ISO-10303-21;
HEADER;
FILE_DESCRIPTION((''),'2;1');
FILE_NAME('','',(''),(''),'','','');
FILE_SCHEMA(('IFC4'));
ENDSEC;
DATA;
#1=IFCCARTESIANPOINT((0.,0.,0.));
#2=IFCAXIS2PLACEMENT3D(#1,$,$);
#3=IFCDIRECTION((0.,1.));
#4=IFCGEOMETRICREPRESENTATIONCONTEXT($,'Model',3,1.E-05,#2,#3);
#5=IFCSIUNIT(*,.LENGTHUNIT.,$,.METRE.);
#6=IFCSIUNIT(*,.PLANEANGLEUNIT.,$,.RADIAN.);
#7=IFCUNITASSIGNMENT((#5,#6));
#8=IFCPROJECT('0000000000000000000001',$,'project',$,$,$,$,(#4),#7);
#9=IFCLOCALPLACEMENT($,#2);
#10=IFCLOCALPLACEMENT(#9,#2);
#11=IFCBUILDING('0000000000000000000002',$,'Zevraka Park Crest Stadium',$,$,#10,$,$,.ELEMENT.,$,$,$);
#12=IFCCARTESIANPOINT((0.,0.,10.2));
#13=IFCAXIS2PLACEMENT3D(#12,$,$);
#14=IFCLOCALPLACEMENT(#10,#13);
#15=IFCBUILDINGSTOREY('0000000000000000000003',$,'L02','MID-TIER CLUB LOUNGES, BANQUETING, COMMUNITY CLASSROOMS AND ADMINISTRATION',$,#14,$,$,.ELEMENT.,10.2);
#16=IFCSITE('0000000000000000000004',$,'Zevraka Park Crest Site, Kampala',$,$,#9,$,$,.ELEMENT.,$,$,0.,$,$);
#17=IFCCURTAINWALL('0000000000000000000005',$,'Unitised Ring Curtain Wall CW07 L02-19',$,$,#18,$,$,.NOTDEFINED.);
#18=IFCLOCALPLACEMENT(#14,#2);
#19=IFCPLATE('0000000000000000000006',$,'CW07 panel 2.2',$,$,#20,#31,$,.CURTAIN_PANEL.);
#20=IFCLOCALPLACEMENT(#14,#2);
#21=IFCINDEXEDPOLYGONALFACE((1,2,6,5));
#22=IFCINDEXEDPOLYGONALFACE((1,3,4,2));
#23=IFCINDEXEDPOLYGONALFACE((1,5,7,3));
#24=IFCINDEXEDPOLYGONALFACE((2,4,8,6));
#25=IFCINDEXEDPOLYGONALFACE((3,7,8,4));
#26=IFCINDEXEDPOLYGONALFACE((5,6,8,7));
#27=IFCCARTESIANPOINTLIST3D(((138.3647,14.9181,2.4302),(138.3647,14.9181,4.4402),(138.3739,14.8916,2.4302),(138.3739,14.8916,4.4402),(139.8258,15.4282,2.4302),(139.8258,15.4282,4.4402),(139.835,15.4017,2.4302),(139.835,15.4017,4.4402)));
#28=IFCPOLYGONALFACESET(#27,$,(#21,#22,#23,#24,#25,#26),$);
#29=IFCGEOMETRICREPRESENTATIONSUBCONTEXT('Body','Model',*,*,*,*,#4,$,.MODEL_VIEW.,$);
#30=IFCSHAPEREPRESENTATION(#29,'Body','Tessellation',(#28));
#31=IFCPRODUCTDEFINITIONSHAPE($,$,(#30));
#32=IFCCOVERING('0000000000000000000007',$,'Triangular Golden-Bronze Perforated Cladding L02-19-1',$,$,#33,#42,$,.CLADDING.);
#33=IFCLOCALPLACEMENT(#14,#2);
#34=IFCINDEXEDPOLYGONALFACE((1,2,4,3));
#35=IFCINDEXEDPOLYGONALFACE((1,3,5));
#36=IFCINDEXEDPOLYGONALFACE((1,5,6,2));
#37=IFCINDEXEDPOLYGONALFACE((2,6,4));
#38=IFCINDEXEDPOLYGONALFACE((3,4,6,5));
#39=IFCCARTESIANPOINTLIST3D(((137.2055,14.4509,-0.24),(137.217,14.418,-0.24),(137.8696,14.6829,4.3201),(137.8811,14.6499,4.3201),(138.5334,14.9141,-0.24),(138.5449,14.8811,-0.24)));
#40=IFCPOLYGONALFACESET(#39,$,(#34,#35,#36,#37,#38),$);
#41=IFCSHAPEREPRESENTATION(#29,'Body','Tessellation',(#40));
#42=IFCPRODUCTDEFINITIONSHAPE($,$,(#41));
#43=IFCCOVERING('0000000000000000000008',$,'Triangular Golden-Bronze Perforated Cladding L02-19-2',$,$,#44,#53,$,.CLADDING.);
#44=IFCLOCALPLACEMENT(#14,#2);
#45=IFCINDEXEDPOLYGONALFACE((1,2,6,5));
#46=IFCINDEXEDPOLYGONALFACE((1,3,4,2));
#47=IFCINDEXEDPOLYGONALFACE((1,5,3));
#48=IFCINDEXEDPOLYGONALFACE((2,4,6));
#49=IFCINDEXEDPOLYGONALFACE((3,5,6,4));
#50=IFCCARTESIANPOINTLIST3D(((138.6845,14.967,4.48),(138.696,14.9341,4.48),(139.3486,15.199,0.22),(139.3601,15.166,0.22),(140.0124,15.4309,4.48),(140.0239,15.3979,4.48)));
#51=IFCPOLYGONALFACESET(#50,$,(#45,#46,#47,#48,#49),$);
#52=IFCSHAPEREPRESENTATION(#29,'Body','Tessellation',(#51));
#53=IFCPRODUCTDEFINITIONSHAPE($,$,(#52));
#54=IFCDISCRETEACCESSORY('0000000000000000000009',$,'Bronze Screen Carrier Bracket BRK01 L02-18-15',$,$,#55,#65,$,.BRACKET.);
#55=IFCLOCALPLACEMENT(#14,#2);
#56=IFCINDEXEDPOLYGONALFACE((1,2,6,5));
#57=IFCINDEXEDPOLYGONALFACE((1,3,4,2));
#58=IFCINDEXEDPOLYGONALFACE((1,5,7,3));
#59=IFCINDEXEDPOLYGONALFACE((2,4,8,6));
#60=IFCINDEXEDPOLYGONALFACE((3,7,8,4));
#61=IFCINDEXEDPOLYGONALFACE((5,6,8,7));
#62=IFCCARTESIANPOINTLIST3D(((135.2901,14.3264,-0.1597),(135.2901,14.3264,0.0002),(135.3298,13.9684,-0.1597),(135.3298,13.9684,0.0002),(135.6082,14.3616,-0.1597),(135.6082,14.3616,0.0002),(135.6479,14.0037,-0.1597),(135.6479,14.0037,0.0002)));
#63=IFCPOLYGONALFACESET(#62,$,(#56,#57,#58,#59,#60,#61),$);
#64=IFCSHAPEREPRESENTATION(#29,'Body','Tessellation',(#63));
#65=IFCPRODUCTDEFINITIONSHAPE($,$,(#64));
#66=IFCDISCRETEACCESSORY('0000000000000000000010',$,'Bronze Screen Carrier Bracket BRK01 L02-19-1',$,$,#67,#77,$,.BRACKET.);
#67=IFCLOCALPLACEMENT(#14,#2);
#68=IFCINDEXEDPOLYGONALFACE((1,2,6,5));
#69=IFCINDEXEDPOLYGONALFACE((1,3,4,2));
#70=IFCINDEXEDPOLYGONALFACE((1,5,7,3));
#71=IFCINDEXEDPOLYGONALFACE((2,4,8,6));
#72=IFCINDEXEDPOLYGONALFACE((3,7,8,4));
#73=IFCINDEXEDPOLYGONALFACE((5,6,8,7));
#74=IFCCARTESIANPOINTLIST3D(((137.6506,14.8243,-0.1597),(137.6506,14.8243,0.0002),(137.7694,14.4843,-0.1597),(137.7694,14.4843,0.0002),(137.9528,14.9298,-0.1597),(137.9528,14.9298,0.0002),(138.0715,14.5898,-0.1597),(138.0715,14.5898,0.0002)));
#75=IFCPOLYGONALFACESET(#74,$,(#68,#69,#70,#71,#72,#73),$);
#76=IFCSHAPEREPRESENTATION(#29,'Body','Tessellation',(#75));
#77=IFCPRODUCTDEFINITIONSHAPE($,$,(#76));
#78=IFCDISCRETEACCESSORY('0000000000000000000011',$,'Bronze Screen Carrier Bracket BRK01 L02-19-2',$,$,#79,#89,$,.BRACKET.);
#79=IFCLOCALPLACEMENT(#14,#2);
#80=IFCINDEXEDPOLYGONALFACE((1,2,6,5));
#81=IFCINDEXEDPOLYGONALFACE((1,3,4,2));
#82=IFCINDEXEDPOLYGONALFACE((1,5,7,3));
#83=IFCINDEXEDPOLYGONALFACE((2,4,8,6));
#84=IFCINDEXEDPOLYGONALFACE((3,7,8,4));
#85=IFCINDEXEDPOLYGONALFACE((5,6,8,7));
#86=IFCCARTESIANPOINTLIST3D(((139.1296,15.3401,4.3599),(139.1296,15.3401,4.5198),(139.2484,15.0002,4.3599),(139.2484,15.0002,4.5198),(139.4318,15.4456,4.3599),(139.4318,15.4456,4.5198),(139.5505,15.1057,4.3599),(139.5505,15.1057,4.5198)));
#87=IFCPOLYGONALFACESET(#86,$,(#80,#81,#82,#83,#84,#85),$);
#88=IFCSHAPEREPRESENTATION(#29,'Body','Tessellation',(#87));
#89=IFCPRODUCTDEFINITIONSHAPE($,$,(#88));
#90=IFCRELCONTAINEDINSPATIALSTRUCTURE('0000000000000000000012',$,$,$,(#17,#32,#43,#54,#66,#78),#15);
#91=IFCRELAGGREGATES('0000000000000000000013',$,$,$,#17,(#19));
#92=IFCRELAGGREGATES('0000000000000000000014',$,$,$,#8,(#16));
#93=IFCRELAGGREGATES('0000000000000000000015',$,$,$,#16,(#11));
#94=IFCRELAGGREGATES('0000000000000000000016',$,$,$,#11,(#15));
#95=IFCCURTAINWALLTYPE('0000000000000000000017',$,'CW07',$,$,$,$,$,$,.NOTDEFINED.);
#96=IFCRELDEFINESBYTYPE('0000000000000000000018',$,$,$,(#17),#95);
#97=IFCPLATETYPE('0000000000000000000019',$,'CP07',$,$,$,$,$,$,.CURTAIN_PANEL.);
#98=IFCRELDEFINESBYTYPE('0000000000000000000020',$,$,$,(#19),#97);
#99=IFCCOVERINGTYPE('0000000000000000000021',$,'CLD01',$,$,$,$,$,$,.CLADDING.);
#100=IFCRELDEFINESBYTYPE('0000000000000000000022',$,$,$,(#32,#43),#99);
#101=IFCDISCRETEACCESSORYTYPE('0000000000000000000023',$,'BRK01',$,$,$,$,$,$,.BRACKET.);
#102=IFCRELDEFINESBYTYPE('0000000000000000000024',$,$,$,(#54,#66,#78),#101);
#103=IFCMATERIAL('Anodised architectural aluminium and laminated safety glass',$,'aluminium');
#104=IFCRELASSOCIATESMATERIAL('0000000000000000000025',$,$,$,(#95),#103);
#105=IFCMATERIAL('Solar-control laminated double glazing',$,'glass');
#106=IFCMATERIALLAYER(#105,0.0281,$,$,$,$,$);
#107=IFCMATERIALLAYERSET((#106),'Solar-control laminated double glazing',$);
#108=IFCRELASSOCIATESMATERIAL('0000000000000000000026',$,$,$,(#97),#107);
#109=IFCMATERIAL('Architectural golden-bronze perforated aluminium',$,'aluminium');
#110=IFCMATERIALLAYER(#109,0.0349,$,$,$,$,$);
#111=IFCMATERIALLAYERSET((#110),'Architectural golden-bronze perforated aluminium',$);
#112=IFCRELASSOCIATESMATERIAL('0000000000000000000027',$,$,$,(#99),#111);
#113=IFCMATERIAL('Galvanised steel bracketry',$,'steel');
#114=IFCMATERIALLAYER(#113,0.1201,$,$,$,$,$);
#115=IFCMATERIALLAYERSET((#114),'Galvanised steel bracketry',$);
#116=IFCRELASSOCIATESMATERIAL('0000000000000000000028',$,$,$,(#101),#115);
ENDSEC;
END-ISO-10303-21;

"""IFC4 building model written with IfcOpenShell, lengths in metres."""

from ifc_helpers import new_model, si_unit, direction, frame, origin, origin_2d, place, context, subcontext, project, spatial, polyline, rectangle, outline, extrude, material, layer, layer_set, type_object, element, aggregate, save


model = new_model("IFC4")

# Units and contexts
model_context = context("Model", 3, precision=1e-05, world=origin(), true_north=direction((0.0, 1.0)))
body_context = subcontext(model_context, "Body", "Model", "MODEL_VIEW")
ifc_project = project(units=[si_unit("LENGTHUNIT", "METRE"), si_unit("PLANEANGLEUNIT", "RADIAN")], contexts=[model_context])

# Site, building, storey
site_placement = place(None, origin())
site = spatial("IfcSite", under=ifc_project, at=site_placement, Name="Zevraka Park Crest Site, Kampala", CompositionType="ELEMENT", RefElevation=0.0)
building_placement = place(site_placement, origin())
building = spatial("IfcBuilding", under=site, at=building_placement, Name="Zevraka Park Crest Stadium", CompositionType="ELEMENT")
storey_placement = place(building_placement, frame((0.0, 0.0, 10.2)))
storey = spatial("IfcBuildingStorey", under=building, at=storey_placement, Name="L02", Description="MID-TIER CLUB LOUNGES, BANQUETING, COMMUNITY CLASSROOMS AND ADMINISTRATION", CompositionType="ELEMENT", Elevation=10.2)

# Curtain wall
ifc_material_1 = material(Name="Anodised architectural aluminium and laminated safety glass", Category="aluminium")
curtain_wall_type_1 = type_object("IfcCurtainWallType", Name="CW07", PredefinedType="NOTDEFINED", material=ifc_material_1)
curtain_wall_1_placement = place(storey_placement, origin())
curtain_wall_1 = element("IfcCurtainWall", 1, at=curtain_wall_1_placement, inside=storey, type_object=curtain_wall_type_1, Name="Unitised Ring Curtain Wall CW07 L02-19", PredefinedType="NOTDEFINED")

# Plate
ifc_material_2 = material(Name="Solar-control laminated double glazing", Category="glass")
ifc_layer_1 = layer(ifc_material_2, 0.0281)
ifc_layer_set_1 = layer_set([ifc_layer_1], Name="Solar-control laminated double glazing")
plate_type_1 = type_object("IfcPlateType", Name="CP07", PredefinedType="CURTAIN_PANEL", material=ifc_layer_set_1)
plate_1_placement = place(storey_placement, frame((139.0999, 15.1599, 2.4302), z_axis=(0.0, 0.0, 1.0), x_axis=(0.944114, 0.329619, 0.0)))
plate_1 = element("IfcPlate", 2, at=plate_1_placement, type_object=plate_type_1, Name="CW07 panel 2.2", PredefinedType="CURTAIN_PANEL", context=body_context, shape_type="SweptSolid", body=[
    extrude(rectangle(XDim=1.5476, YDim=0.0281, at=origin_2d()), origin(), (0.0, 0.0, 1.0), 2.01),
])
aggregate(curtain_wall_1, [plate_1])

# Coverings
ifc_material_3 = material(Name="Architectural golden-bronze perforated aluminium", Category="aluminium")
ifc_layer_2 = layer(ifc_material_3, 0.0349)
ifc_layer_set_2 = layer_set([ifc_layer_2], Name="Architectural golden-bronze perforated aluminium")
covering_type = type_object("IfcCoveringType", Name="CLD01", PredefinedType="CLADDING", material=ifc_layer_set_2)
covering_1_placement = place(storey_placement, frame((137.217, 14.418, -0.24), z_axis=(0.329322, -0.944218, 0.000067), x_axis=(0.944218, 0.329322, 0.0)))
element("IfcCovering", 3, at=covering_1_placement, inside=storey, type_object=covering_type, Name="Triangular Golden-Bronze Perforated Cladding L02-19-1", PredefinedType="CLADDING", context=body_context, shape_type="SweptSolid", body=[
    extrude(outline(polyline([(0.0, 0.0), (1.4063, 0.0), (0.7034, 4.5601), (0.0, 0.0)])), origin(), (0.0, 0.0, -1.0), 0.0349),
])
covering_2_placement = place(storey_placement, frame((140.0239, 15.3979, 4.48), z_axis=(0.329786, -0.944056, 0.000009), x_axis=(-0.944056, -0.329786, 0.0)))
element("IfcCovering", 4, at=covering_2_placement, inside=storey, type_object=covering_type, Name="Triangular Golden-Bronze Perforated Cladding L02-19-2", PredefinedType="CLADDING", context=body_context, shape_type="SweptSolid", body=[
    extrude(outline(polyline([(0.0, 0.0), (1.4066, 0.0), (0.7032, 4.26), (0.0, 0.0)])), origin(), (0.0, 0.0, -1.0), 0.0349),
])

# Discrete accessories
ifc_material_4 = material(Name="Galvanised steel bracketry", Category="steel")
ifc_layer_3 = layer(ifc_material_4, 0.1201)
ifc_layer_set_3 = layer_set([ifc_layer_3], Name="Galvanised steel bracketry")
discrete_accessory_type = type_object("IfcDiscreteAccessoryType", Name="BRK01", PredefinedType="BRACKET", material=ifc_layer_set_3)
for number, where, z_axis, x_axis, name in (
    (5, (135.469, 14.165, -0.1597), (0.0, 0.0, 1.0), (0.993903, 0.110255, 0.0), "Bronze Screen Carrier Bracket BRK01 L02-18-15"),
    (6, (137.8611, 14.707, -0.1597), (0.0, 0.0, 1.0), (0.944089, 0.329691, 0.0), "Bronze Screen Carrier Bracket BRK01 L02-19-1"),
    (7, (139.3401, 15.2229, 4.3599), (0.0, 0.0, 1.0), (0.944089, 0.329691, 0.0), "Bronze Screen Carrier Bracket BRK01 L02-19-2"),
):
    element("IfcDiscreteAccessory", number, at=place(storey_placement, frame(where, z_axis=z_axis, x_axis=x_axis)), inside=storey, type_object=discrete_accessory_type, Name=name, PredefinedType="BRACKET", context=body_context, shape_type="SweptSolid", body=[
        extrude(rectangle(XDim=0.3201, YDim=0.3601, at=origin_2d()), origin(), (0.0, 0.0, 1.0), 0.1599),
    ])

save(model, "model.ifc")
